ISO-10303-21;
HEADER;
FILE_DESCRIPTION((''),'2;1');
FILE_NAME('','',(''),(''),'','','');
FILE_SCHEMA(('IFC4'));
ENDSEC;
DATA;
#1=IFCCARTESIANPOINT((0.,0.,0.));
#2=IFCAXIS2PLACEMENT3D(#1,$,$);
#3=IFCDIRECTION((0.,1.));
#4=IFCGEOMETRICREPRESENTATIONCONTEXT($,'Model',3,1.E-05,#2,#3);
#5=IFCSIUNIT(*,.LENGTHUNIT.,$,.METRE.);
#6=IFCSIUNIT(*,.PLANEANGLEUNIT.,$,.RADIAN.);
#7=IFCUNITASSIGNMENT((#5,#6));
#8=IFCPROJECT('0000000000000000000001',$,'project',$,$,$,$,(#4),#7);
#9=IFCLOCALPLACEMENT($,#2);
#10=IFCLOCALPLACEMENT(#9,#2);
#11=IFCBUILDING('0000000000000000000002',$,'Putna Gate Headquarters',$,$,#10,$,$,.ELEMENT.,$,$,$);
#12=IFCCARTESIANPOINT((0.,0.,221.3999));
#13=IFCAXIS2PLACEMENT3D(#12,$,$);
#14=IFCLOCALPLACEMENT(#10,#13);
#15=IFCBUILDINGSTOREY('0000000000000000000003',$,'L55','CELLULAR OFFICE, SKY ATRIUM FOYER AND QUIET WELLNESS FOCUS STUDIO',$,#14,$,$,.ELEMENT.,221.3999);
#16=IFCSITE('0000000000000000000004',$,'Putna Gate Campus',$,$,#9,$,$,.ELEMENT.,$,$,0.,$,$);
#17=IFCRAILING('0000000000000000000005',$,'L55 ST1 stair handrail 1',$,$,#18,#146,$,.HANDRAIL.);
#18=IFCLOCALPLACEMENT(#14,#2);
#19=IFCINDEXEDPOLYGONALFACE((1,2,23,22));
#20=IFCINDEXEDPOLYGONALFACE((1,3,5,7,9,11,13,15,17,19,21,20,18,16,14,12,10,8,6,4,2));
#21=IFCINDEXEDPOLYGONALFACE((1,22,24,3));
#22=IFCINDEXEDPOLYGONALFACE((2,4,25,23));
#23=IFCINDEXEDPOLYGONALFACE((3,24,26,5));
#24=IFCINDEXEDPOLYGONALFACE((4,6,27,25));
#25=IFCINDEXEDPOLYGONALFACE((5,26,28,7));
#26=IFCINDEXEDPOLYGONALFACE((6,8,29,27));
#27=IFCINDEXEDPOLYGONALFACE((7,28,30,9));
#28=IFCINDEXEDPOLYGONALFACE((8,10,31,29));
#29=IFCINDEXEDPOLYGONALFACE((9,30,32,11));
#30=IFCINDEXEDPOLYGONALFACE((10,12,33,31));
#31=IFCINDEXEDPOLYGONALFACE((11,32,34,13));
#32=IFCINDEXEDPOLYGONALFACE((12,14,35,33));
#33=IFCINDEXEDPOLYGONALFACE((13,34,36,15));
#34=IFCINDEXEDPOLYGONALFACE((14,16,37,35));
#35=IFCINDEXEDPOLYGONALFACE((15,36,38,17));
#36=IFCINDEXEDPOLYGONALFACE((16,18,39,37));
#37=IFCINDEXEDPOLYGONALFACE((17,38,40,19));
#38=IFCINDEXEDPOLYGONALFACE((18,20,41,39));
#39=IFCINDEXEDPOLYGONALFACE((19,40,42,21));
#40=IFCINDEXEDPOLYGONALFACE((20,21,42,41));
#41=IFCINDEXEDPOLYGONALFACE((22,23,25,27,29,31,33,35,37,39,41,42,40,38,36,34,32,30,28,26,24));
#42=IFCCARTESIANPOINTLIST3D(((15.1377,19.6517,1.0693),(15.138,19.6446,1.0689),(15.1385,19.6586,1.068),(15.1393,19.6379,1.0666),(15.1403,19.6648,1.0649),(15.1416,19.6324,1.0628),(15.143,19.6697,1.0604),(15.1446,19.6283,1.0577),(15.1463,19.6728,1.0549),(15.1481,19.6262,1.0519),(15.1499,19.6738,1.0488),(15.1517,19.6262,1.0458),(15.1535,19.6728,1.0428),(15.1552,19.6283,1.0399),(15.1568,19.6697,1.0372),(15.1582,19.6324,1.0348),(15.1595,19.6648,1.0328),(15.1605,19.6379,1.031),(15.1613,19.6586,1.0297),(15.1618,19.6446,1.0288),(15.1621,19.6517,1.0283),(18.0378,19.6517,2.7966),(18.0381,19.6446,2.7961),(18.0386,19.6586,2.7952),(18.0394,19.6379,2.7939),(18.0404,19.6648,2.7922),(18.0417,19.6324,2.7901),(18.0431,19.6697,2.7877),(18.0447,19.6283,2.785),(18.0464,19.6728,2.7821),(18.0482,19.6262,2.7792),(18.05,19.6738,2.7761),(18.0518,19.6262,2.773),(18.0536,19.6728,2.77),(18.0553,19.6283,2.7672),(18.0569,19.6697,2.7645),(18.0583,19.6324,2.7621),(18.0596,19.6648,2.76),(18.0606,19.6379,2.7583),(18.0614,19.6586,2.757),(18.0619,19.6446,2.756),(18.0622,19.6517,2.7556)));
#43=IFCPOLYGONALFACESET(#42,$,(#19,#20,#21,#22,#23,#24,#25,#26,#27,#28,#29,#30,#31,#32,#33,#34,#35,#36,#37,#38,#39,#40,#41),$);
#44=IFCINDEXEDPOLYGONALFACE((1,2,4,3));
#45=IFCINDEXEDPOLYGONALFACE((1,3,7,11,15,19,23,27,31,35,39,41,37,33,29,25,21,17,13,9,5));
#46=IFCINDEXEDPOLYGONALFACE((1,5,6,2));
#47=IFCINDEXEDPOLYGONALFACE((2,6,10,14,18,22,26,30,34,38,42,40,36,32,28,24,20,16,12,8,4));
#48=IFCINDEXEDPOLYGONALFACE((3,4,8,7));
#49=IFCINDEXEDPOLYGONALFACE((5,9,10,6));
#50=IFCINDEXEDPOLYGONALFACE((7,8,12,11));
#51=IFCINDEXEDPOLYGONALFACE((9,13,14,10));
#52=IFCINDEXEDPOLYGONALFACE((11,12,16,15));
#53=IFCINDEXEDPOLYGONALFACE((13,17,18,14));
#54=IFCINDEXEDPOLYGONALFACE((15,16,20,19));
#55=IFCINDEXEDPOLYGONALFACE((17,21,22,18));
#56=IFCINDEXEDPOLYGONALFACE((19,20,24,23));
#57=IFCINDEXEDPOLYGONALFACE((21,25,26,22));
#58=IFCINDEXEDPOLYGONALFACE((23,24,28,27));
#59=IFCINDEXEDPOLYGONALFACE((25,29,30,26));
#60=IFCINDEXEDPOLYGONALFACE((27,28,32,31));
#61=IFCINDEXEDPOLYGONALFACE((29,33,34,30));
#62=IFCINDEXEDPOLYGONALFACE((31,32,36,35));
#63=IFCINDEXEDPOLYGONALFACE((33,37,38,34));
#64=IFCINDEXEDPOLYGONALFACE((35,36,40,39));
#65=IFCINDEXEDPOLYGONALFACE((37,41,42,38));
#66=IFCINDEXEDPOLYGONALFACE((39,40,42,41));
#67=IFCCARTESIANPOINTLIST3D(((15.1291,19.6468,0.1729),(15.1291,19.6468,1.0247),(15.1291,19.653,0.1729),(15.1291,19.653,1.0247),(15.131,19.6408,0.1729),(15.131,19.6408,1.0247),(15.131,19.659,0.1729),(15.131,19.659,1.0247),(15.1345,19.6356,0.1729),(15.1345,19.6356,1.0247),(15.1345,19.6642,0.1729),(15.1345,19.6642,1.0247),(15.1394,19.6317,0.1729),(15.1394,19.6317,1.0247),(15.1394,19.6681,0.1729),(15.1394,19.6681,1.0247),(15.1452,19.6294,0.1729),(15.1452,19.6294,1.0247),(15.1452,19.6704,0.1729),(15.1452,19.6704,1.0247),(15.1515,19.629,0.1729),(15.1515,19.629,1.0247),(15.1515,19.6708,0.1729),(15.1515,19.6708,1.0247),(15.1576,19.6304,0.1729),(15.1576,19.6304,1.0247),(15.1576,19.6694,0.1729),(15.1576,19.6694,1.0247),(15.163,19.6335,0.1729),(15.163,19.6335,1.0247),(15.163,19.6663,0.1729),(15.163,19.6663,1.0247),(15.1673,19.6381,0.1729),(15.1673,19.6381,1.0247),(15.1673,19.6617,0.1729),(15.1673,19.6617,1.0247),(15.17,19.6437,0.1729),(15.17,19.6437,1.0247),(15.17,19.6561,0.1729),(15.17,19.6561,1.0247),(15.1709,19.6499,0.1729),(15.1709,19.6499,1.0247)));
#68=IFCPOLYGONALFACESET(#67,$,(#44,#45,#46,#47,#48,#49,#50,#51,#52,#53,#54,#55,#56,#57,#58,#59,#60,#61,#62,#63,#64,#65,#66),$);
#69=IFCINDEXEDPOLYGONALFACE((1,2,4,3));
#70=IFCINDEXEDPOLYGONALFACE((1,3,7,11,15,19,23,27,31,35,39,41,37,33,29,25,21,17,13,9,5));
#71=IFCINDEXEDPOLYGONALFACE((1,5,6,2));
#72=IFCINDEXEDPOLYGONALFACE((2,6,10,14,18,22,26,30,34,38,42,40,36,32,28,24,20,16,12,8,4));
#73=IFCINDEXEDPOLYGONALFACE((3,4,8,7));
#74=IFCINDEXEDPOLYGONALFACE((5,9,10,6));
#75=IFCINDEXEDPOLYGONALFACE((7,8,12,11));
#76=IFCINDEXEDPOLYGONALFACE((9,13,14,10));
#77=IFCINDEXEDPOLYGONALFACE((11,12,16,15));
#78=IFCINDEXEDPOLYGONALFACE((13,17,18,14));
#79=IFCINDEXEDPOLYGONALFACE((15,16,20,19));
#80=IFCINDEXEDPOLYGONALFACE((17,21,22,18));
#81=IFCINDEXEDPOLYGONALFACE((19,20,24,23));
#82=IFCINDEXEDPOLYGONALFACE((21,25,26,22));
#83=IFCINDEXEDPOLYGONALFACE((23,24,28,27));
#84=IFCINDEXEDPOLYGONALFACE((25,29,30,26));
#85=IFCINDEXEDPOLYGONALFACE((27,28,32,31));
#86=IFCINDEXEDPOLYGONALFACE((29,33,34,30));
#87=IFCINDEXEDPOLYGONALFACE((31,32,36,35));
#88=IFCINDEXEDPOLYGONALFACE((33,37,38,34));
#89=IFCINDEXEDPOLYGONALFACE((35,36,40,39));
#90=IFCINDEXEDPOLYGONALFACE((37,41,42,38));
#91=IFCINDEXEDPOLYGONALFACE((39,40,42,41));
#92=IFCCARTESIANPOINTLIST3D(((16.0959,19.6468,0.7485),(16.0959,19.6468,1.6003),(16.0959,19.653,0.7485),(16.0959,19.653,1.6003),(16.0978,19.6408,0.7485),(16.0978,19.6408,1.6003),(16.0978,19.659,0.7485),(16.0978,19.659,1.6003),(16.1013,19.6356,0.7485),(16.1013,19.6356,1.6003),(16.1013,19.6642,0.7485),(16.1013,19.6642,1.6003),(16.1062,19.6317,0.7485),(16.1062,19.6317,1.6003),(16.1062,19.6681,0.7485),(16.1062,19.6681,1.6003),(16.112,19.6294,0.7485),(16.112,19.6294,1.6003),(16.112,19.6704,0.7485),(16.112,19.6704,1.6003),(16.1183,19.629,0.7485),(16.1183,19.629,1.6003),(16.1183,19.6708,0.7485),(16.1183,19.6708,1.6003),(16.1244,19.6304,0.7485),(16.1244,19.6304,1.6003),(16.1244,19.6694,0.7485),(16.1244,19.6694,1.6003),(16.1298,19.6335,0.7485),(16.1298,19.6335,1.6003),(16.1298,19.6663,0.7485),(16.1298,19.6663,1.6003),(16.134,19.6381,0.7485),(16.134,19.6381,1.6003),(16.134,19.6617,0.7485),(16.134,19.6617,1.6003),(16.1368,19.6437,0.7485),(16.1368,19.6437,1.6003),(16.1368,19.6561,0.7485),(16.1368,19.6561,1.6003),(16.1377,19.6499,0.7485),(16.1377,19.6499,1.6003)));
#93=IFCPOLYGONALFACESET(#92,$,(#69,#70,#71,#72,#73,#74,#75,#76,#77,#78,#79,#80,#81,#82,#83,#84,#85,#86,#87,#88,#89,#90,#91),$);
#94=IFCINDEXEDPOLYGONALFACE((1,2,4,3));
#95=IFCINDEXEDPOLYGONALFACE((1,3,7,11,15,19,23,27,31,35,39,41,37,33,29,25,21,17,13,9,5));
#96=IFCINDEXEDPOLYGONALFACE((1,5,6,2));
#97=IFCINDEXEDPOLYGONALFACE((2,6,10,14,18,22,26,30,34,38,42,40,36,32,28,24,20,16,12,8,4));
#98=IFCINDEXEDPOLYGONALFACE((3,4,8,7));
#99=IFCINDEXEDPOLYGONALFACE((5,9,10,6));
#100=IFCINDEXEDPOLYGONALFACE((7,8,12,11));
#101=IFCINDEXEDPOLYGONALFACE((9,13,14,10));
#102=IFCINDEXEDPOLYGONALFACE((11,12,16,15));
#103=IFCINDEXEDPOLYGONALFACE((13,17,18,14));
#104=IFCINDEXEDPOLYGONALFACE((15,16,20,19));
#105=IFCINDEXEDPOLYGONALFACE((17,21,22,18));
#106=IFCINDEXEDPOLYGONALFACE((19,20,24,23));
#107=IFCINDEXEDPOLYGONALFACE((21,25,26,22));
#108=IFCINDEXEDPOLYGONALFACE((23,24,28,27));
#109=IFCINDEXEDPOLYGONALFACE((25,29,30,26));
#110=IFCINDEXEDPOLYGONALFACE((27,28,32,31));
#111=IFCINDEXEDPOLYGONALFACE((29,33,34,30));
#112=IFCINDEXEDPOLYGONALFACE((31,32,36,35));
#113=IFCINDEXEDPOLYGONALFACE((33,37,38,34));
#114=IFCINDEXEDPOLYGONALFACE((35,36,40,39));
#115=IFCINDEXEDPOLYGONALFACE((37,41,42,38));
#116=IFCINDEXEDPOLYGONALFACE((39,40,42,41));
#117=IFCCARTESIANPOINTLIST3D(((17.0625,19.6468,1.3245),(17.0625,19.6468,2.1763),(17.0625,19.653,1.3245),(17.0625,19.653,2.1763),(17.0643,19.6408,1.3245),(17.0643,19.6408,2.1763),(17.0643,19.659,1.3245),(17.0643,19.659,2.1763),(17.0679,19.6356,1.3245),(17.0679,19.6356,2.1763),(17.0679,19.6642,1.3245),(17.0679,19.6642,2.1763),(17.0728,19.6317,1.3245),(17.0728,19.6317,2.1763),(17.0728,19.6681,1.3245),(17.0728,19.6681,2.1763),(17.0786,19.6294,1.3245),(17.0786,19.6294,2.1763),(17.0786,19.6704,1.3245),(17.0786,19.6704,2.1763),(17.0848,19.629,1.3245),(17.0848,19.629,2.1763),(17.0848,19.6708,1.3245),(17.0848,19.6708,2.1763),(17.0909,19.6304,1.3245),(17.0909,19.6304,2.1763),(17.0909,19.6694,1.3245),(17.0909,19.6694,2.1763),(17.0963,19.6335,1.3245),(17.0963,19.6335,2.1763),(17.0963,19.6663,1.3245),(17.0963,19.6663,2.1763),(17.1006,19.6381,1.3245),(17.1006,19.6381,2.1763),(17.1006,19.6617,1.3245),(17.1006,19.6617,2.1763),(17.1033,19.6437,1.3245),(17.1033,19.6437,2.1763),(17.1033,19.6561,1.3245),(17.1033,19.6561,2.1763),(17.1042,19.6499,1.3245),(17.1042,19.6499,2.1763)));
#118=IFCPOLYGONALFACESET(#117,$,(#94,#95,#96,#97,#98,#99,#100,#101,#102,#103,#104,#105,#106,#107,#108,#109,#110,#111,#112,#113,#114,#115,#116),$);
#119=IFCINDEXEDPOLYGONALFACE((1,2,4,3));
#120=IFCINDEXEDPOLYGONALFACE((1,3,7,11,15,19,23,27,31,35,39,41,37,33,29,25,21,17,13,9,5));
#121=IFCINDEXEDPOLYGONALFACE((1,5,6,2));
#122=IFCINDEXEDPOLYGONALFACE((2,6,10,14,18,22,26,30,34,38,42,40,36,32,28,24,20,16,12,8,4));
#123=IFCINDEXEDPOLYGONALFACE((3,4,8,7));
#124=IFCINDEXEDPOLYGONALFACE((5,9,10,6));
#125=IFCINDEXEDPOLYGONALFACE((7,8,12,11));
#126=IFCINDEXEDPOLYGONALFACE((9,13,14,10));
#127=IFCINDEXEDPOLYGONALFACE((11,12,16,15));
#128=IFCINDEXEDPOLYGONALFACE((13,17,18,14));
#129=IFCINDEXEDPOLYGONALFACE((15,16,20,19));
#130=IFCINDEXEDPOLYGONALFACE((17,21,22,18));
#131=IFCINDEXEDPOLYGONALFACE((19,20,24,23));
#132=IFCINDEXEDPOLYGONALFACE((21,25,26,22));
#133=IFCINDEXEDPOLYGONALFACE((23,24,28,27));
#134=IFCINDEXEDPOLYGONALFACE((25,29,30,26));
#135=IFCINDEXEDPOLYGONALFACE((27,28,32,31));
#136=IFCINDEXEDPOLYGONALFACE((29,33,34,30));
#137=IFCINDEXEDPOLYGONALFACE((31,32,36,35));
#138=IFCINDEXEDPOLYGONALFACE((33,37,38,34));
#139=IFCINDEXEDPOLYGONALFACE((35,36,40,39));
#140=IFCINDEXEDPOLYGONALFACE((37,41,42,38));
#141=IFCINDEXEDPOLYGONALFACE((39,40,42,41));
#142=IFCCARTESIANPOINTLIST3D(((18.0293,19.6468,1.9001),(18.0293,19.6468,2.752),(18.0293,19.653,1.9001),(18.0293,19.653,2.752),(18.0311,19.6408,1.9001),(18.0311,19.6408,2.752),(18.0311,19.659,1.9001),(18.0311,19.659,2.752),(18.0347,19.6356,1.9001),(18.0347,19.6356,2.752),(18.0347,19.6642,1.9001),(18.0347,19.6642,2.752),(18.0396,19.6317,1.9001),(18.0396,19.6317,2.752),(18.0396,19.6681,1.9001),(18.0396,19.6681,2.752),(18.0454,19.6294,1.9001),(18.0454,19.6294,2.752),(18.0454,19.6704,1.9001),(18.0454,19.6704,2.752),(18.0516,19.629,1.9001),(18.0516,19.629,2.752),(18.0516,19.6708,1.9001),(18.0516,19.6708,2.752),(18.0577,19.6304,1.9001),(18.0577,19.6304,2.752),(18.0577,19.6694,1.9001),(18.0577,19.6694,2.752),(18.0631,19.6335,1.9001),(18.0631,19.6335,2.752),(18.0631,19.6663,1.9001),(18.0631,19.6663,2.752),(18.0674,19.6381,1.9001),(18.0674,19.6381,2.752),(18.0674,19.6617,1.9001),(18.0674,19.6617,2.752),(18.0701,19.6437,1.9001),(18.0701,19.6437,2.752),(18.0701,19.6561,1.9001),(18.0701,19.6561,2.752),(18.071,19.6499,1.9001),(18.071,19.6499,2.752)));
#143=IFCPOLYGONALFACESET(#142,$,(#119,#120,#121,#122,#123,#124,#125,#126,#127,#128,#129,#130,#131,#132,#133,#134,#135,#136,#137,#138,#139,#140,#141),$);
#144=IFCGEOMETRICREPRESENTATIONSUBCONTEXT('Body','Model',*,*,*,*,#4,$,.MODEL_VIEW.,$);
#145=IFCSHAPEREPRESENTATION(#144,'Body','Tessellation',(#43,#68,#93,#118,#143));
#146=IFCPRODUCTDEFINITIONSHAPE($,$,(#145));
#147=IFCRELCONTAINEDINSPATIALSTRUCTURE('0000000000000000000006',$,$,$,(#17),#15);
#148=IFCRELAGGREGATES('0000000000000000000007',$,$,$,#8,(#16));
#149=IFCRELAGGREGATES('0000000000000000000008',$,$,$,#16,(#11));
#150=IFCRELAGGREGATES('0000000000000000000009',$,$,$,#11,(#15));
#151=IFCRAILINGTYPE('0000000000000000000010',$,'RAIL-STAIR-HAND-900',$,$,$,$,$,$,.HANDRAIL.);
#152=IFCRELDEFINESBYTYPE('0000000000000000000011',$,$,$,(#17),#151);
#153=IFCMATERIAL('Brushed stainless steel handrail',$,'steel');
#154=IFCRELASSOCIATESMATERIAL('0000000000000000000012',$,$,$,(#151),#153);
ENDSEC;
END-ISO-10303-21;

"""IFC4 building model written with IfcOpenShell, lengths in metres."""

from ifc_helpers import new_model, si_unit, direction, frame, origin, origin_2d, place, context, subcontext, project, spatial, circle, extrude, material, type_object, element, save


model = new_model("IFC4")

# Units and contexts
model_context = context("Model", 3, precision=1e-05, world=origin(), true_north=direction((0.0, 1.0)))
body_context = subcontext(model_context, "Body", "Model", "MODEL_VIEW")
ifc_project = project(units=[si_unit("LENGTHUNIT", "METRE"), si_unit("PLANEANGLEUNIT", "RADIAN")], contexts=[model_context])

# Site, building, storey
site_placement = place(None, origin())
site = spatial("IfcSite", under=ifc_project, at=site_placement, Name="Putna Gate Campus", CompositionType="ELEMENT", RefElevation=0.0)
building_placement = place(site_placement, origin())
building = spatial("IfcBuilding", under=site, at=building_placement, Name="Putna Gate Headquarters", CompositionType="ELEMENT")
storey_placement = place(building_placement, frame((0.0, 0.0, 221.3999)))
storey = spatial("IfcBuildingStorey", under=building, at=storey_placement, Name="L55", Description="CELLULAR OFFICE, SKY ATRIUM FOYER AND QUIET WELLNESS FOCUS STUDIO", CompositionType="ELEMENT", Elevation=221.3999)

# Railing
ifc_material_1 = material(Name="Brushed stainless steel handrail", Category="steel")
railing_type = type_object("IfcRailingType", Name="RAIL-STAIR-HAND-900", PredefinedType="HANDRAIL", material=ifc_material_1)
railing_placement = place(storey_placement, frame((15.1499, 19.6499, 0.1729)))
element("IfcRailing", 1, at=railing_placement, inside=storey, type_object=railing_type, Name="L55 ST1 stair handrail 1", PredefinedType="HANDRAIL", context=body_context, shape_type="SweptSolid", body=[
    extrude(circle(Radius=0.0239, at=origin_2d()), frame((0.0, 0.0, 0.876), z_axis=(0.85916, 0.0, 0.511706), x_axis=(0.0, 1.0, 0.0)), (0.0, 0.0, 1.0), 3.3755),
    extrude(circle(Radius=0.021, at=origin_2d()), origin(), (0.0, 0.0, 1.0), 0.8518),
    extrude(circle(Radius=0.021, at=origin_2d()), frame((0.9668, 0.0, 0.5757)), (0.0, 0.0, 1.0), 0.8518),
    extrude(circle(Radius=0.021, at=origin_2d()), frame((1.9333, 0.0, 1.1516)), (0.0, 0.0, 1.0), 0.8518),
    extrude(circle(Radius=0.021, at=origin_2d()), frame((2.9001, 0.0, 1.7273)), (0.0, 0.0, 1.0), 0.8518),
])

save(model, "model.ifc")
